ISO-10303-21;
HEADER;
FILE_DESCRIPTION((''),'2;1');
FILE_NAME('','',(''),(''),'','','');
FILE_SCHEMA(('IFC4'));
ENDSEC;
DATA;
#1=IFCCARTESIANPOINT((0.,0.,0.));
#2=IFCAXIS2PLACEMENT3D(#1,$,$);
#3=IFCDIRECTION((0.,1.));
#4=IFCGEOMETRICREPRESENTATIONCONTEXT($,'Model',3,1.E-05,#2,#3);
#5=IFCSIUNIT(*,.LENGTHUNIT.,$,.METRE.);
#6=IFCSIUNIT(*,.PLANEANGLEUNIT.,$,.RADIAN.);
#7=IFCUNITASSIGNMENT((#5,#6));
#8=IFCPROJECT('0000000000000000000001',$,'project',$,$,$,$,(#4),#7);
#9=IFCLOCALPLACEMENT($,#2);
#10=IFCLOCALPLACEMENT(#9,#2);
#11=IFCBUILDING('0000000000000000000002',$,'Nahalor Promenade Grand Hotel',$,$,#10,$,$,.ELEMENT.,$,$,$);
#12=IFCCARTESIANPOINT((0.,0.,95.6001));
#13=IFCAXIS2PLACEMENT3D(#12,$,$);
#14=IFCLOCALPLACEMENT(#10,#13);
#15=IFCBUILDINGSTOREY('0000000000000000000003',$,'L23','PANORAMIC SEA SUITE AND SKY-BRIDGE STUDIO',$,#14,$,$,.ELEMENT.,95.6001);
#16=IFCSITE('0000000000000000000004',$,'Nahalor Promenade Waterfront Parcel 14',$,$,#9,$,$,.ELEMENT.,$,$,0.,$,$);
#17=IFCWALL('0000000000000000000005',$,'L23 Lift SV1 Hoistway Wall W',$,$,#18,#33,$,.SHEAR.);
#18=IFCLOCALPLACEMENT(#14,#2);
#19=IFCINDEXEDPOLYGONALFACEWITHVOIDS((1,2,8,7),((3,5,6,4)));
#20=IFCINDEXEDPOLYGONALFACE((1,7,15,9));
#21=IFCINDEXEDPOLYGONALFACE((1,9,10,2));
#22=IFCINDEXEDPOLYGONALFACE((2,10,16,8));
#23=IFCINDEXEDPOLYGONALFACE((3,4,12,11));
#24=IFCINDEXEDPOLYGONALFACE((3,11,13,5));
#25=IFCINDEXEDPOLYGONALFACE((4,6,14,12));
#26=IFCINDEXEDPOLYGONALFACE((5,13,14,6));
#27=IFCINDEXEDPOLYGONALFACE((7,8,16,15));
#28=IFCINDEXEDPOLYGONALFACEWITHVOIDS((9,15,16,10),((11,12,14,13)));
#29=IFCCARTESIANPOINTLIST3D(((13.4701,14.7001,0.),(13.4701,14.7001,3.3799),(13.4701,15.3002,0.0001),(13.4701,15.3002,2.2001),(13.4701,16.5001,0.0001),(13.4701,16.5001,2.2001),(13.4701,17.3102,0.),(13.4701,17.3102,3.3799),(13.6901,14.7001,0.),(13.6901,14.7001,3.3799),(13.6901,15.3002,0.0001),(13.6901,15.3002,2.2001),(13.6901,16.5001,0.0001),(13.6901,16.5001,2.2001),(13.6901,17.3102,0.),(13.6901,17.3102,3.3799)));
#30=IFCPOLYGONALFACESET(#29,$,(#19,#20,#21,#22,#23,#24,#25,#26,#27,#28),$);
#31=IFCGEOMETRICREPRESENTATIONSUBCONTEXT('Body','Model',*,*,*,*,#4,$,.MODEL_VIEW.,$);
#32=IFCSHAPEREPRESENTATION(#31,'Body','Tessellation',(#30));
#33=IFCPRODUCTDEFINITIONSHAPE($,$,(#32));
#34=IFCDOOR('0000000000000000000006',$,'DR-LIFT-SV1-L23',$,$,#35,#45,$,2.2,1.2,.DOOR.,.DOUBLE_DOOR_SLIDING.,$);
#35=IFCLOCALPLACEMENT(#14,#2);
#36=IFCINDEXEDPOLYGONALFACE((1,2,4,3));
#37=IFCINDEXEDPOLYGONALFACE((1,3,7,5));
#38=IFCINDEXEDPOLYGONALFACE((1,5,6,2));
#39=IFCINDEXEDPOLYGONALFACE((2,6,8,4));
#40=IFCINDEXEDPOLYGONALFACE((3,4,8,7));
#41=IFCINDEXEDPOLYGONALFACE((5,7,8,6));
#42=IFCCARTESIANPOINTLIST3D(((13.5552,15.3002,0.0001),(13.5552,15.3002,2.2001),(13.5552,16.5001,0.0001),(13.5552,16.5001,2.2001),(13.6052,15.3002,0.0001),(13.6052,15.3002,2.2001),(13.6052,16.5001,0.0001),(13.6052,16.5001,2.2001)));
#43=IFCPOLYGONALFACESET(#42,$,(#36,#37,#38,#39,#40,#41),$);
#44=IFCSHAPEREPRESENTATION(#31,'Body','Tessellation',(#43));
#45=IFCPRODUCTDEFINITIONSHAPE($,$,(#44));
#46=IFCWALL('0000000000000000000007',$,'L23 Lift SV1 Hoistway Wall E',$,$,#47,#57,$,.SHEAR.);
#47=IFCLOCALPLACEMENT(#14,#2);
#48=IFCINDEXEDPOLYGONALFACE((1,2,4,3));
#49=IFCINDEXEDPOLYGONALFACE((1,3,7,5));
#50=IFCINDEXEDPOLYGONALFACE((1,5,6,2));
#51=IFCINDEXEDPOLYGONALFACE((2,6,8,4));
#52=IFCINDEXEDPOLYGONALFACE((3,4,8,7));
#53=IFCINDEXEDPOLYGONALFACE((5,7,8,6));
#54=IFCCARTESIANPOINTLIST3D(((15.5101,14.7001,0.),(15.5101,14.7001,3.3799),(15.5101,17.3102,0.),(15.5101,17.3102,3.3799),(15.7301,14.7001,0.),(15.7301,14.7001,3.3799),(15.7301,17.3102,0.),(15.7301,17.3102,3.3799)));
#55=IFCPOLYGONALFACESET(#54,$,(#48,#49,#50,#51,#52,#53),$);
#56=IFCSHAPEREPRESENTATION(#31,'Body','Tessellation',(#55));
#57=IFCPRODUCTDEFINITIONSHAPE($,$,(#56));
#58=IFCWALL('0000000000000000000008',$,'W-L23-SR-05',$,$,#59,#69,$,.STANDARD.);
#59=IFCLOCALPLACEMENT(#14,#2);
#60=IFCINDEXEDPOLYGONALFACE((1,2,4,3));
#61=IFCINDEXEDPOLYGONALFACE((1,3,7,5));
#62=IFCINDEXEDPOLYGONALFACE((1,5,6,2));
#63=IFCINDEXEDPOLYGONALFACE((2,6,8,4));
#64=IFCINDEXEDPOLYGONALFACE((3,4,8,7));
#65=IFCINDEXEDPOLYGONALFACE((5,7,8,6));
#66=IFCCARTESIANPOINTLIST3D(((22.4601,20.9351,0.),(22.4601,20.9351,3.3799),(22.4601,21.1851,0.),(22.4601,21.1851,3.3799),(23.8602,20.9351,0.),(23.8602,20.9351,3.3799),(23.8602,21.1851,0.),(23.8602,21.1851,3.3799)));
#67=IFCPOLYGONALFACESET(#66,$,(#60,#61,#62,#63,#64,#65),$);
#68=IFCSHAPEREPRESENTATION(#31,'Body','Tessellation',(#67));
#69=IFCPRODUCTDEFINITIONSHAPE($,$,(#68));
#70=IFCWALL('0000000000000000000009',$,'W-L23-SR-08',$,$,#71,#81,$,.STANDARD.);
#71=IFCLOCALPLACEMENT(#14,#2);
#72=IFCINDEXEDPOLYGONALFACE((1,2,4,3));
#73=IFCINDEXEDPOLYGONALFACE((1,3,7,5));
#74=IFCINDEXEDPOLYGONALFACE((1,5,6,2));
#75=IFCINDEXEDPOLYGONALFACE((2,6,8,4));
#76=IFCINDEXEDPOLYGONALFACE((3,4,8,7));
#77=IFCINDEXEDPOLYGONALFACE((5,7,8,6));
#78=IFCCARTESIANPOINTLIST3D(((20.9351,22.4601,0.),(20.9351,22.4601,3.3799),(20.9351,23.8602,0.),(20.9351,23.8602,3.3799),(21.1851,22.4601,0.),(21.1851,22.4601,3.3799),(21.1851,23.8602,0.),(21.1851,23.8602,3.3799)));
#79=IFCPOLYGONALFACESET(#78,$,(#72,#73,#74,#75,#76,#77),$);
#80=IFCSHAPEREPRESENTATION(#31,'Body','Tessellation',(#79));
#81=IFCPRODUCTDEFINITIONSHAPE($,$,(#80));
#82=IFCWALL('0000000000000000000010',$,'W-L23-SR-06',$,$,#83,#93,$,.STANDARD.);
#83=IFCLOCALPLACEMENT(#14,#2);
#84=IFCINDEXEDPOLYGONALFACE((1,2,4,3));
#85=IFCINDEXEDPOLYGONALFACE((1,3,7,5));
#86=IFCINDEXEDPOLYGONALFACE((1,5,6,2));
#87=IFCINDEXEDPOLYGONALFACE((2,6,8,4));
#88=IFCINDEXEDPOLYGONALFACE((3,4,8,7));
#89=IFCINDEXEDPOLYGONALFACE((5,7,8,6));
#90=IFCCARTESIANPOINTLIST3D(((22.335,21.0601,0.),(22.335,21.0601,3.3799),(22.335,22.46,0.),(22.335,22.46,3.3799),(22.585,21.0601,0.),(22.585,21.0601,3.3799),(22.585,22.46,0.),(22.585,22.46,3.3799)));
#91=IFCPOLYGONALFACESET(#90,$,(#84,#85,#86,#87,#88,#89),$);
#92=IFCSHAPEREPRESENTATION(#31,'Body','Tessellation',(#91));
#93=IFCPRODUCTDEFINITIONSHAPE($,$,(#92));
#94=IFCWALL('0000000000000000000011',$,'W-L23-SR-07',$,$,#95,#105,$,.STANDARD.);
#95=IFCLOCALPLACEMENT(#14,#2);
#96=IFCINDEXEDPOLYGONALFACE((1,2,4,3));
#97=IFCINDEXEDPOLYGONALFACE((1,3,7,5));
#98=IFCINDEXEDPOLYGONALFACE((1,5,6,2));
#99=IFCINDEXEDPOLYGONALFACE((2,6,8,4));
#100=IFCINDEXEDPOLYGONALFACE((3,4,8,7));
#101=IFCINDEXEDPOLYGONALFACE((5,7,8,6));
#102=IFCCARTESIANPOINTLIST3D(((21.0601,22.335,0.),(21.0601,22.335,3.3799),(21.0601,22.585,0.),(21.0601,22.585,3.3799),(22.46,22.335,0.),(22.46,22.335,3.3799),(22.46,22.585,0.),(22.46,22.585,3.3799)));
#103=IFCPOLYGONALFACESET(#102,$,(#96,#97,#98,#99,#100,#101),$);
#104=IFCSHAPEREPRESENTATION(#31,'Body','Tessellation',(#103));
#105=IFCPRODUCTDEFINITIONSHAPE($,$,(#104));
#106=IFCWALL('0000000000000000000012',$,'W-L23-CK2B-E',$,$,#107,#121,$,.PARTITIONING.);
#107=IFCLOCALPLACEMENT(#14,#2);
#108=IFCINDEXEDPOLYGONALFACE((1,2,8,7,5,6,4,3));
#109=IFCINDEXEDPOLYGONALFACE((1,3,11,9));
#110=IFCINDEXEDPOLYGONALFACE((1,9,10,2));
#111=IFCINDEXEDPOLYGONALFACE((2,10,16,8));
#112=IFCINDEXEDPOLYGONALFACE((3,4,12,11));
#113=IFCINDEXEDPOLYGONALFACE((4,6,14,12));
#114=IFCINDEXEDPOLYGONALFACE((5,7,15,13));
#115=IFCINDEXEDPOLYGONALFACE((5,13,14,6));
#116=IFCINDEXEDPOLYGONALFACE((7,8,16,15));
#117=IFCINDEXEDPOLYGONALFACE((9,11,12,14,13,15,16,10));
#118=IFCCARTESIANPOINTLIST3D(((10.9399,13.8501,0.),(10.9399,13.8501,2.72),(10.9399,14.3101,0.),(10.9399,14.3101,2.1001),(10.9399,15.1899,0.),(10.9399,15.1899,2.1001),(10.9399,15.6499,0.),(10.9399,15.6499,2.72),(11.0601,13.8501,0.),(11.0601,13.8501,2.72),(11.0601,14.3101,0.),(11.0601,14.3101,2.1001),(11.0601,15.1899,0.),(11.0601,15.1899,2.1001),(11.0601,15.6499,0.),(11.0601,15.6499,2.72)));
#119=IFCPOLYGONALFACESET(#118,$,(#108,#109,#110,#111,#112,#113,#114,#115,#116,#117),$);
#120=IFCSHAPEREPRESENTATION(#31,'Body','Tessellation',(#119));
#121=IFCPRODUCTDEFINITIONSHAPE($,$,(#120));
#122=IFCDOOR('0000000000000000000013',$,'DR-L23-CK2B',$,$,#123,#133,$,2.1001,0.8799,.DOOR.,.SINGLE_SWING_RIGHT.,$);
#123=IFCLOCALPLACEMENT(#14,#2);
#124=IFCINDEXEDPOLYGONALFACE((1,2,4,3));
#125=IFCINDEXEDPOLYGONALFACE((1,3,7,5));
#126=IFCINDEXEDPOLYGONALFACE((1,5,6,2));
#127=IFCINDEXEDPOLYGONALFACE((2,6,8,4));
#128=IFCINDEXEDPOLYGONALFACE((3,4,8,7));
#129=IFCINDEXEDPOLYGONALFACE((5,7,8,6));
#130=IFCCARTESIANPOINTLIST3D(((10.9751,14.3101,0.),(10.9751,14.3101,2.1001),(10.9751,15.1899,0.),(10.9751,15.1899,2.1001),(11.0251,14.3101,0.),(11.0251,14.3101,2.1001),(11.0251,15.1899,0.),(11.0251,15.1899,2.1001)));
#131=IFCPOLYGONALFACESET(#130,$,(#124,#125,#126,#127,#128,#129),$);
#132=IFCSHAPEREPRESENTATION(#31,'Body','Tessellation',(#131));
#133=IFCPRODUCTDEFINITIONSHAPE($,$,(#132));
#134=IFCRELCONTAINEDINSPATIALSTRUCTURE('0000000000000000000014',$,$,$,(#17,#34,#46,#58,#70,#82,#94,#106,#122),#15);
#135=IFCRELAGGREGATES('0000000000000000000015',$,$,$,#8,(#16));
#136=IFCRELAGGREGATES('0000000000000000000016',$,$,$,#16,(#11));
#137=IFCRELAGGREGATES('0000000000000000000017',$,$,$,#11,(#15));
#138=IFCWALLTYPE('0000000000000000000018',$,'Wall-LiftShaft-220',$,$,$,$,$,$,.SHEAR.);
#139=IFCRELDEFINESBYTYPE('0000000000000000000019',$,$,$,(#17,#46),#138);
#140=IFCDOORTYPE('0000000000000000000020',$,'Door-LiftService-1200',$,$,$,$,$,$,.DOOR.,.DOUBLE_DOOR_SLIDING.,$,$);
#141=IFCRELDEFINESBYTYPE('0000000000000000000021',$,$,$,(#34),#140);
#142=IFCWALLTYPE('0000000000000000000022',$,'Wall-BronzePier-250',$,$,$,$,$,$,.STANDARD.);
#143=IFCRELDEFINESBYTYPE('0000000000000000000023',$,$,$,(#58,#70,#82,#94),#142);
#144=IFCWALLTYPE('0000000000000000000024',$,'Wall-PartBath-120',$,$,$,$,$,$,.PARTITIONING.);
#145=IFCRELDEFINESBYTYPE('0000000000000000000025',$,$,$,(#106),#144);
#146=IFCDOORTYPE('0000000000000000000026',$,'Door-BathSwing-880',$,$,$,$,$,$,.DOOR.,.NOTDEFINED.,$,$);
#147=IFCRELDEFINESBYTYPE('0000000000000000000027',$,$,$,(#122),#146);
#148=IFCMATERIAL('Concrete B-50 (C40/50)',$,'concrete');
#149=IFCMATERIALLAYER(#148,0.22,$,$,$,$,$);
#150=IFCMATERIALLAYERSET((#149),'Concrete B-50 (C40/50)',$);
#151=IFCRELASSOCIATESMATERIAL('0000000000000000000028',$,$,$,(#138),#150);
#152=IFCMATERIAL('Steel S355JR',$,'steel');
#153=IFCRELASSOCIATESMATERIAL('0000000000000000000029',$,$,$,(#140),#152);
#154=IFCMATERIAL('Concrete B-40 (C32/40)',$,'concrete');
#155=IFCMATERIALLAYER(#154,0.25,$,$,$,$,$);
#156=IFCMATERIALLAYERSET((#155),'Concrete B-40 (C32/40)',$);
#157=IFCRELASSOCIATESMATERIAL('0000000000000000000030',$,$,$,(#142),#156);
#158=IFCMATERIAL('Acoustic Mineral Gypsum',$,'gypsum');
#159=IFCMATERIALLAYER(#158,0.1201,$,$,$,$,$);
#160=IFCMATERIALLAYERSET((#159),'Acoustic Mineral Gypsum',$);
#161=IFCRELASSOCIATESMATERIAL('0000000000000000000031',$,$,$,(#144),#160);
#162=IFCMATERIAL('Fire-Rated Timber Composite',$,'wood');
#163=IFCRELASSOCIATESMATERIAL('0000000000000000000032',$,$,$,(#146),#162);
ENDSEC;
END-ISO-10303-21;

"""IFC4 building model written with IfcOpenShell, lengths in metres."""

from ifc_helpers import new_model, si_unit, direction, frame, frame_2d, origin, place, context, subcontext, project, spatial, rectangle, extrude, source, transform, mapped, material, layer, layer_set, type_object, element, fill, save


model = new_model("IFC4")

# Units and contexts
model_context = context("Model", 3, precision=1e-05, world=origin(), true_north=direction((0.0, 1.0)))
body_context = subcontext(model_context, "Body", "Model", "MODEL_VIEW")
ifc_project = project(units=[si_unit("LENGTHUNIT", "METRE"), si_unit("PLANEANGLEUNIT", "RADIAN")], contexts=[model_context])

# Site, building, storey
site_placement = place(None, origin())
site = spatial("IfcSite", under=ifc_project, at=site_placement, Name="Nahalor Promenade Waterfront Parcel 14", CompositionType="ELEMENT", RefElevation=0.0)
building_placement = place(site_placement, origin())
building = spatial("IfcBuilding", under=site, at=building_placement, Name="Nahalor Promenade Grand Hotel", CompositionType="ELEMENT")
storey_placement = place(building_placement, frame((0.0, 0.0, 95.6001)))
storey = spatial("IfcBuildingStorey", under=building, at=storey_placement, Name="L23", Description="PANORAMIC SEA SUITE AND SKY-BRIDGE STUDIO", CompositionType="ELEMENT", Elevation=95.6001)

# Shared definitions
ifc_material_1 = material(Name="Steel S355JR", Category="steel")

# Shared definitions
ifc_material_2 = material(Name="Concrete B-50 (C40/50)", Category="concrete")
ifc_layer_1 = layer(ifc_material_2, 0.22)
ifc_layer_set_1 = layer_set([ifc_layer_1], Name="Concrete B-50 (C40/50)")
wall_type_1 = type_object("IfcWallType", Name="Wall-LiftShaft-220", PredefinedType="SHEAR", material=ifc_layer_set_1)

# Wall, opening, door
shared_shape_1 = source(origin(), body_context, "Body", "SweptSolid", [
    extrude(rectangle(XDim=2.6101, YDim=0.22, at=frame_2d((1.3052, 0.0))), origin(), (0.0, 0.0, 1.0), 3.3799),
])
wall_1_placement = place(storey_placement, frame((13.5801, 14.7, 0.0), z_axis=(0.0, 0.0, 1.0), x_axis=(0.0, 1.0, 0.0)))
wall_1 = element("IfcWall", 1, at=wall_1_placement, inside=storey, type_object=wall_type_1, Name="L23 Lift SV1 Hoistway Wall W", PredefinedType="SHEAR", context=body_context, shape_type="MappedRepresentation", body=[
    mapped(shared_shape_1, transform((0.0, 0.0, 0.0), scale=1.0)),
])
opening_1_placement = place(wall_1_placement, frame((0.6001, 0.0, 0.0)))
opening_1 = element("IfcOpeningElement", 2, at=opening_1_placement, cuts=wall_1, PredefinedType="OPENING", context=body_context, shape_type="SweptSolid", body=[
    extrude(rectangle(XDim=1.2, YDim=2.2, at=frame_2d((0.6001, 1.1001))), frame((0.0, 0.1199, 0.0), z_axis=(0.0, -1.0, 0.0), x_axis=(1.0, 0.0, 0.0)), (0.0, 0.0, 1.0), 0.24),
])
door_type_1 = type_object("IfcDoorType", Name="Door-LiftService-1200", OperationType="DOUBLE_DOOR_SLIDING", PredefinedType="DOOR", material=ifc_material_1)
shared_shape_2 = source(origin(), body_context, "Body", "SweptSolid", [
    extrude(rectangle(XDim=1.2, YDim=2.2, at=frame_2d((0.6001, 1.1001))), frame((0.0, 0.0249, 0.0), z_axis=(0.0, -1.0, 0.0), x_axis=(1.0, 0.0, 0.0)), (0.0, 0.0, 1.0), 0.05),
])
door_1_placement = place(opening_1_placement, origin())
door_1 = element("IfcDoor", 3, at=door_1_placement, inside=storey, type_object=door_type_1, Name="DR-LIFT-SV1-L23", OperationType="DOUBLE_DOOR_SLIDING", OverallHeight=2.2, OverallWidth=1.2, PredefinedType="DOOR", context=body_context, shape_type="MappedRepresentation", body=[
    mapped(shared_shape_2, transform((0.0, 0.0, 0.0), scale=1.0)),
])
fill(opening_1, door_1)

# Walls
wall_2_placement = place(storey_placement, frame((15.6201, 14.7, 0.0), z_axis=(0.0, 0.0, 1.0), x_axis=(0.0, 1.0, 0.0)))
element("IfcWall", 4, at=wall_2_placement, inside=storey, type_object=wall_type_1, Name="L23 Lift SV1 Hoistway Wall E", PredefinedType="SHEAR", context=body_context, shape_type="MappedRepresentation", body=[
    mapped(shared_shape_1, transform((0.0, 0.0, 0.0), scale=1.0)),
])
ifc_material_3 = material(Name="Concrete B-40 (C32/40)", Category="concrete")
ifc_layer_2 = layer(ifc_material_3, 0.25)
ifc_layer_set_2 = layer_set([ifc_layer_2], Name="Concrete B-40 (C32/40)")
wall_type_2 = type_object("IfcWallType", Name="Wall-BronzePier-250", PredefinedType="STANDARD", material=ifc_layer_set_2)
shared_shape_3 = source(origin(), body_context, "Body", "SweptSolid", [
    extrude(rectangle(XDim=1.4001, YDim=0.25, at=frame_2d((0.7002, 0.0))), origin(), (0.0, 0.0, 1.0), 3.3799),
])
for number, where, z_axis, x_axis, name in (
    (5, (22.46, 21.0601, 0.0), (0.0, 0.0, 1.0), (1.0, 0.0, 0.0), "W-L23-SR-05"),
    (6, (21.0601, 22.46, 0.0), (0.0, 0.0, 1.0), (0.0, 1.0, 0.0), "W-L23-SR-08"),
):
    element("IfcWall", number, at=place(storey_placement, frame(where, z_axis=z_axis, x_axis=x_axis)), inside=storey, type_object=wall_type_2, Name=name, PredefinedType="STANDARD", context=body_context, shape_type="MappedRepresentation", body=[
        mapped(shared_shape_3, transform((0.0, 0.0, 0.0), scale=1.0)),
    ])
shared_shape_4 = source(origin(), body_context, "Body", "SweptSolid", [
    extrude(rectangle(XDim=1.3999, YDim=0.25, at=frame_2d((0.7, 0.0))), origin(), (0.0, 0.0, 1.0), 3.3799),
])
for number, where, z_axis, x_axis, name in (
    (7, (22.46, 21.0601, 0.0), (0.0, 0.0, 1.0), (0.0, 1.0, 0.0), "W-L23-SR-06"),
    (8, (21.0601, 22.46, 0.0), (0.0, 0.0, 1.0), (1.0, 0.0, 0.0), "W-L23-SR-07"),
):
    element("IfcWall", number, at=place(storey_placement, frame(where, z_axis=z_axis, x_axis=x_axis)), inside=storey, type_object=wall_type_2, Name=name, PredefinedType="STANDARD", context=body_context, shape_type="MappedRepresentation", body=[
        mapped(shared_shape_4, transform((0.0, 0.0, 0.0), scale=1.0)),
    ])

# Wall, opening, door
ifc_material_4 = material(Name="Acoustic Mineral Gypsum", Category="gypsum")
ifc_layer_3 = layer(ifc_material_4, 0.1201)
ifc_layer_set_3 = layer_set([ifc_layer_3], Name="Acoustic Mineral Gypsum")
wall_type_3 = type_object("IfcWallType", Name="Wall-PartBath-120", PredefinedType="PARTITIONING", material=ifc_layer_set_3)
shared_shape_5 = source(origin(), body_context, "Body", "SweptSolid", [
    extrude(rectangle(XDim=1.7998, YDim=0.1201, at=frame_2d((0.8999, 0.0))), origin(), (0.0, 0.0, 1.0), 2.72),
])
wall_3_placement = place(storey_placement, frame((11.0, 13.8501, 0.0), z_axis=(0.0, 0.0, 1.0), x_axis=(0.0, 1.0, 0.0)))
wall_3 = element("IfcWall", 9, at=wall_3_placement, inside=storey, type_object=wall_type_3, Name="W-L23-CK2B-E", PredefinedType="PARTITIONING", context=body_context, shape_type="MappedRepresentation", body=[
    mapped(shared_shape_5, transform((0.0, 0.0, 0.0), scale=1.0)),
])
opening_2_placement = place(wall_3_placement, frame((0.46, 0.0, 0.0)))
opening_2 = element("IfcOpeningElement", 10, at=opening_2_placement, cuts=wall_3, PredefinedType="OPENING", context=body_context, shape_type="SweptSolid", body=[
    extrude(rectangle(XDim=0.8799, YDim=2.1001, at=frame_2d((0.4399, 1.05))), frame((0.0, 0.0701, 0.0), z_axis=(0.0, -1.0, 0.0), x_axis=(1.0, 0.0, 0.0)), (0.0, 0.0, 1.0), 0.1401),
])
ifc_material_5 = material(Name="Fire-Rated Timber Composite", Category="wood")
door_type_2 = type_object("IfcDoorType", Name="Door-BathSwing-880", OperationType="NOTDEFINED", PredefinedType="DOOR", material=ifc_material_5)
shared_shape_6 = source(origin(), body_context, "Body", "SweptSolid", [
    extrude(rectangle(XDim=0.8799, YDim=2.1001, at=frame_2d((0.4399, 1.05))), frame((0.0, 0.0249, 0.0), z_axis=(0.0, -1.0, 0.0), x_axis=(1.0, 0.0, 0.0)), (0.0, 0.0, 1.0), 0.05),
])
door_2_placement = place(opening_2_placement, origin())
door_2 = element("IfcDoor", 11, at=door_2_placement, inside=storey, type_object=door_type_2, Name="DR-L23-CK2B", OperationType="SINGLE_SWING_RIGHT", OverallHeight=2.1001, OverallWidth=0.8799, PredefinedType="DOOR", context=body_context, shape_type="MappedRepresentation", body=[
    mapped(shared_shape_6, transform((0.0, 0.0, 0.0), scale=1.0)),
])
fill(opening_2, door_2)

save(model, "model.ifc")
